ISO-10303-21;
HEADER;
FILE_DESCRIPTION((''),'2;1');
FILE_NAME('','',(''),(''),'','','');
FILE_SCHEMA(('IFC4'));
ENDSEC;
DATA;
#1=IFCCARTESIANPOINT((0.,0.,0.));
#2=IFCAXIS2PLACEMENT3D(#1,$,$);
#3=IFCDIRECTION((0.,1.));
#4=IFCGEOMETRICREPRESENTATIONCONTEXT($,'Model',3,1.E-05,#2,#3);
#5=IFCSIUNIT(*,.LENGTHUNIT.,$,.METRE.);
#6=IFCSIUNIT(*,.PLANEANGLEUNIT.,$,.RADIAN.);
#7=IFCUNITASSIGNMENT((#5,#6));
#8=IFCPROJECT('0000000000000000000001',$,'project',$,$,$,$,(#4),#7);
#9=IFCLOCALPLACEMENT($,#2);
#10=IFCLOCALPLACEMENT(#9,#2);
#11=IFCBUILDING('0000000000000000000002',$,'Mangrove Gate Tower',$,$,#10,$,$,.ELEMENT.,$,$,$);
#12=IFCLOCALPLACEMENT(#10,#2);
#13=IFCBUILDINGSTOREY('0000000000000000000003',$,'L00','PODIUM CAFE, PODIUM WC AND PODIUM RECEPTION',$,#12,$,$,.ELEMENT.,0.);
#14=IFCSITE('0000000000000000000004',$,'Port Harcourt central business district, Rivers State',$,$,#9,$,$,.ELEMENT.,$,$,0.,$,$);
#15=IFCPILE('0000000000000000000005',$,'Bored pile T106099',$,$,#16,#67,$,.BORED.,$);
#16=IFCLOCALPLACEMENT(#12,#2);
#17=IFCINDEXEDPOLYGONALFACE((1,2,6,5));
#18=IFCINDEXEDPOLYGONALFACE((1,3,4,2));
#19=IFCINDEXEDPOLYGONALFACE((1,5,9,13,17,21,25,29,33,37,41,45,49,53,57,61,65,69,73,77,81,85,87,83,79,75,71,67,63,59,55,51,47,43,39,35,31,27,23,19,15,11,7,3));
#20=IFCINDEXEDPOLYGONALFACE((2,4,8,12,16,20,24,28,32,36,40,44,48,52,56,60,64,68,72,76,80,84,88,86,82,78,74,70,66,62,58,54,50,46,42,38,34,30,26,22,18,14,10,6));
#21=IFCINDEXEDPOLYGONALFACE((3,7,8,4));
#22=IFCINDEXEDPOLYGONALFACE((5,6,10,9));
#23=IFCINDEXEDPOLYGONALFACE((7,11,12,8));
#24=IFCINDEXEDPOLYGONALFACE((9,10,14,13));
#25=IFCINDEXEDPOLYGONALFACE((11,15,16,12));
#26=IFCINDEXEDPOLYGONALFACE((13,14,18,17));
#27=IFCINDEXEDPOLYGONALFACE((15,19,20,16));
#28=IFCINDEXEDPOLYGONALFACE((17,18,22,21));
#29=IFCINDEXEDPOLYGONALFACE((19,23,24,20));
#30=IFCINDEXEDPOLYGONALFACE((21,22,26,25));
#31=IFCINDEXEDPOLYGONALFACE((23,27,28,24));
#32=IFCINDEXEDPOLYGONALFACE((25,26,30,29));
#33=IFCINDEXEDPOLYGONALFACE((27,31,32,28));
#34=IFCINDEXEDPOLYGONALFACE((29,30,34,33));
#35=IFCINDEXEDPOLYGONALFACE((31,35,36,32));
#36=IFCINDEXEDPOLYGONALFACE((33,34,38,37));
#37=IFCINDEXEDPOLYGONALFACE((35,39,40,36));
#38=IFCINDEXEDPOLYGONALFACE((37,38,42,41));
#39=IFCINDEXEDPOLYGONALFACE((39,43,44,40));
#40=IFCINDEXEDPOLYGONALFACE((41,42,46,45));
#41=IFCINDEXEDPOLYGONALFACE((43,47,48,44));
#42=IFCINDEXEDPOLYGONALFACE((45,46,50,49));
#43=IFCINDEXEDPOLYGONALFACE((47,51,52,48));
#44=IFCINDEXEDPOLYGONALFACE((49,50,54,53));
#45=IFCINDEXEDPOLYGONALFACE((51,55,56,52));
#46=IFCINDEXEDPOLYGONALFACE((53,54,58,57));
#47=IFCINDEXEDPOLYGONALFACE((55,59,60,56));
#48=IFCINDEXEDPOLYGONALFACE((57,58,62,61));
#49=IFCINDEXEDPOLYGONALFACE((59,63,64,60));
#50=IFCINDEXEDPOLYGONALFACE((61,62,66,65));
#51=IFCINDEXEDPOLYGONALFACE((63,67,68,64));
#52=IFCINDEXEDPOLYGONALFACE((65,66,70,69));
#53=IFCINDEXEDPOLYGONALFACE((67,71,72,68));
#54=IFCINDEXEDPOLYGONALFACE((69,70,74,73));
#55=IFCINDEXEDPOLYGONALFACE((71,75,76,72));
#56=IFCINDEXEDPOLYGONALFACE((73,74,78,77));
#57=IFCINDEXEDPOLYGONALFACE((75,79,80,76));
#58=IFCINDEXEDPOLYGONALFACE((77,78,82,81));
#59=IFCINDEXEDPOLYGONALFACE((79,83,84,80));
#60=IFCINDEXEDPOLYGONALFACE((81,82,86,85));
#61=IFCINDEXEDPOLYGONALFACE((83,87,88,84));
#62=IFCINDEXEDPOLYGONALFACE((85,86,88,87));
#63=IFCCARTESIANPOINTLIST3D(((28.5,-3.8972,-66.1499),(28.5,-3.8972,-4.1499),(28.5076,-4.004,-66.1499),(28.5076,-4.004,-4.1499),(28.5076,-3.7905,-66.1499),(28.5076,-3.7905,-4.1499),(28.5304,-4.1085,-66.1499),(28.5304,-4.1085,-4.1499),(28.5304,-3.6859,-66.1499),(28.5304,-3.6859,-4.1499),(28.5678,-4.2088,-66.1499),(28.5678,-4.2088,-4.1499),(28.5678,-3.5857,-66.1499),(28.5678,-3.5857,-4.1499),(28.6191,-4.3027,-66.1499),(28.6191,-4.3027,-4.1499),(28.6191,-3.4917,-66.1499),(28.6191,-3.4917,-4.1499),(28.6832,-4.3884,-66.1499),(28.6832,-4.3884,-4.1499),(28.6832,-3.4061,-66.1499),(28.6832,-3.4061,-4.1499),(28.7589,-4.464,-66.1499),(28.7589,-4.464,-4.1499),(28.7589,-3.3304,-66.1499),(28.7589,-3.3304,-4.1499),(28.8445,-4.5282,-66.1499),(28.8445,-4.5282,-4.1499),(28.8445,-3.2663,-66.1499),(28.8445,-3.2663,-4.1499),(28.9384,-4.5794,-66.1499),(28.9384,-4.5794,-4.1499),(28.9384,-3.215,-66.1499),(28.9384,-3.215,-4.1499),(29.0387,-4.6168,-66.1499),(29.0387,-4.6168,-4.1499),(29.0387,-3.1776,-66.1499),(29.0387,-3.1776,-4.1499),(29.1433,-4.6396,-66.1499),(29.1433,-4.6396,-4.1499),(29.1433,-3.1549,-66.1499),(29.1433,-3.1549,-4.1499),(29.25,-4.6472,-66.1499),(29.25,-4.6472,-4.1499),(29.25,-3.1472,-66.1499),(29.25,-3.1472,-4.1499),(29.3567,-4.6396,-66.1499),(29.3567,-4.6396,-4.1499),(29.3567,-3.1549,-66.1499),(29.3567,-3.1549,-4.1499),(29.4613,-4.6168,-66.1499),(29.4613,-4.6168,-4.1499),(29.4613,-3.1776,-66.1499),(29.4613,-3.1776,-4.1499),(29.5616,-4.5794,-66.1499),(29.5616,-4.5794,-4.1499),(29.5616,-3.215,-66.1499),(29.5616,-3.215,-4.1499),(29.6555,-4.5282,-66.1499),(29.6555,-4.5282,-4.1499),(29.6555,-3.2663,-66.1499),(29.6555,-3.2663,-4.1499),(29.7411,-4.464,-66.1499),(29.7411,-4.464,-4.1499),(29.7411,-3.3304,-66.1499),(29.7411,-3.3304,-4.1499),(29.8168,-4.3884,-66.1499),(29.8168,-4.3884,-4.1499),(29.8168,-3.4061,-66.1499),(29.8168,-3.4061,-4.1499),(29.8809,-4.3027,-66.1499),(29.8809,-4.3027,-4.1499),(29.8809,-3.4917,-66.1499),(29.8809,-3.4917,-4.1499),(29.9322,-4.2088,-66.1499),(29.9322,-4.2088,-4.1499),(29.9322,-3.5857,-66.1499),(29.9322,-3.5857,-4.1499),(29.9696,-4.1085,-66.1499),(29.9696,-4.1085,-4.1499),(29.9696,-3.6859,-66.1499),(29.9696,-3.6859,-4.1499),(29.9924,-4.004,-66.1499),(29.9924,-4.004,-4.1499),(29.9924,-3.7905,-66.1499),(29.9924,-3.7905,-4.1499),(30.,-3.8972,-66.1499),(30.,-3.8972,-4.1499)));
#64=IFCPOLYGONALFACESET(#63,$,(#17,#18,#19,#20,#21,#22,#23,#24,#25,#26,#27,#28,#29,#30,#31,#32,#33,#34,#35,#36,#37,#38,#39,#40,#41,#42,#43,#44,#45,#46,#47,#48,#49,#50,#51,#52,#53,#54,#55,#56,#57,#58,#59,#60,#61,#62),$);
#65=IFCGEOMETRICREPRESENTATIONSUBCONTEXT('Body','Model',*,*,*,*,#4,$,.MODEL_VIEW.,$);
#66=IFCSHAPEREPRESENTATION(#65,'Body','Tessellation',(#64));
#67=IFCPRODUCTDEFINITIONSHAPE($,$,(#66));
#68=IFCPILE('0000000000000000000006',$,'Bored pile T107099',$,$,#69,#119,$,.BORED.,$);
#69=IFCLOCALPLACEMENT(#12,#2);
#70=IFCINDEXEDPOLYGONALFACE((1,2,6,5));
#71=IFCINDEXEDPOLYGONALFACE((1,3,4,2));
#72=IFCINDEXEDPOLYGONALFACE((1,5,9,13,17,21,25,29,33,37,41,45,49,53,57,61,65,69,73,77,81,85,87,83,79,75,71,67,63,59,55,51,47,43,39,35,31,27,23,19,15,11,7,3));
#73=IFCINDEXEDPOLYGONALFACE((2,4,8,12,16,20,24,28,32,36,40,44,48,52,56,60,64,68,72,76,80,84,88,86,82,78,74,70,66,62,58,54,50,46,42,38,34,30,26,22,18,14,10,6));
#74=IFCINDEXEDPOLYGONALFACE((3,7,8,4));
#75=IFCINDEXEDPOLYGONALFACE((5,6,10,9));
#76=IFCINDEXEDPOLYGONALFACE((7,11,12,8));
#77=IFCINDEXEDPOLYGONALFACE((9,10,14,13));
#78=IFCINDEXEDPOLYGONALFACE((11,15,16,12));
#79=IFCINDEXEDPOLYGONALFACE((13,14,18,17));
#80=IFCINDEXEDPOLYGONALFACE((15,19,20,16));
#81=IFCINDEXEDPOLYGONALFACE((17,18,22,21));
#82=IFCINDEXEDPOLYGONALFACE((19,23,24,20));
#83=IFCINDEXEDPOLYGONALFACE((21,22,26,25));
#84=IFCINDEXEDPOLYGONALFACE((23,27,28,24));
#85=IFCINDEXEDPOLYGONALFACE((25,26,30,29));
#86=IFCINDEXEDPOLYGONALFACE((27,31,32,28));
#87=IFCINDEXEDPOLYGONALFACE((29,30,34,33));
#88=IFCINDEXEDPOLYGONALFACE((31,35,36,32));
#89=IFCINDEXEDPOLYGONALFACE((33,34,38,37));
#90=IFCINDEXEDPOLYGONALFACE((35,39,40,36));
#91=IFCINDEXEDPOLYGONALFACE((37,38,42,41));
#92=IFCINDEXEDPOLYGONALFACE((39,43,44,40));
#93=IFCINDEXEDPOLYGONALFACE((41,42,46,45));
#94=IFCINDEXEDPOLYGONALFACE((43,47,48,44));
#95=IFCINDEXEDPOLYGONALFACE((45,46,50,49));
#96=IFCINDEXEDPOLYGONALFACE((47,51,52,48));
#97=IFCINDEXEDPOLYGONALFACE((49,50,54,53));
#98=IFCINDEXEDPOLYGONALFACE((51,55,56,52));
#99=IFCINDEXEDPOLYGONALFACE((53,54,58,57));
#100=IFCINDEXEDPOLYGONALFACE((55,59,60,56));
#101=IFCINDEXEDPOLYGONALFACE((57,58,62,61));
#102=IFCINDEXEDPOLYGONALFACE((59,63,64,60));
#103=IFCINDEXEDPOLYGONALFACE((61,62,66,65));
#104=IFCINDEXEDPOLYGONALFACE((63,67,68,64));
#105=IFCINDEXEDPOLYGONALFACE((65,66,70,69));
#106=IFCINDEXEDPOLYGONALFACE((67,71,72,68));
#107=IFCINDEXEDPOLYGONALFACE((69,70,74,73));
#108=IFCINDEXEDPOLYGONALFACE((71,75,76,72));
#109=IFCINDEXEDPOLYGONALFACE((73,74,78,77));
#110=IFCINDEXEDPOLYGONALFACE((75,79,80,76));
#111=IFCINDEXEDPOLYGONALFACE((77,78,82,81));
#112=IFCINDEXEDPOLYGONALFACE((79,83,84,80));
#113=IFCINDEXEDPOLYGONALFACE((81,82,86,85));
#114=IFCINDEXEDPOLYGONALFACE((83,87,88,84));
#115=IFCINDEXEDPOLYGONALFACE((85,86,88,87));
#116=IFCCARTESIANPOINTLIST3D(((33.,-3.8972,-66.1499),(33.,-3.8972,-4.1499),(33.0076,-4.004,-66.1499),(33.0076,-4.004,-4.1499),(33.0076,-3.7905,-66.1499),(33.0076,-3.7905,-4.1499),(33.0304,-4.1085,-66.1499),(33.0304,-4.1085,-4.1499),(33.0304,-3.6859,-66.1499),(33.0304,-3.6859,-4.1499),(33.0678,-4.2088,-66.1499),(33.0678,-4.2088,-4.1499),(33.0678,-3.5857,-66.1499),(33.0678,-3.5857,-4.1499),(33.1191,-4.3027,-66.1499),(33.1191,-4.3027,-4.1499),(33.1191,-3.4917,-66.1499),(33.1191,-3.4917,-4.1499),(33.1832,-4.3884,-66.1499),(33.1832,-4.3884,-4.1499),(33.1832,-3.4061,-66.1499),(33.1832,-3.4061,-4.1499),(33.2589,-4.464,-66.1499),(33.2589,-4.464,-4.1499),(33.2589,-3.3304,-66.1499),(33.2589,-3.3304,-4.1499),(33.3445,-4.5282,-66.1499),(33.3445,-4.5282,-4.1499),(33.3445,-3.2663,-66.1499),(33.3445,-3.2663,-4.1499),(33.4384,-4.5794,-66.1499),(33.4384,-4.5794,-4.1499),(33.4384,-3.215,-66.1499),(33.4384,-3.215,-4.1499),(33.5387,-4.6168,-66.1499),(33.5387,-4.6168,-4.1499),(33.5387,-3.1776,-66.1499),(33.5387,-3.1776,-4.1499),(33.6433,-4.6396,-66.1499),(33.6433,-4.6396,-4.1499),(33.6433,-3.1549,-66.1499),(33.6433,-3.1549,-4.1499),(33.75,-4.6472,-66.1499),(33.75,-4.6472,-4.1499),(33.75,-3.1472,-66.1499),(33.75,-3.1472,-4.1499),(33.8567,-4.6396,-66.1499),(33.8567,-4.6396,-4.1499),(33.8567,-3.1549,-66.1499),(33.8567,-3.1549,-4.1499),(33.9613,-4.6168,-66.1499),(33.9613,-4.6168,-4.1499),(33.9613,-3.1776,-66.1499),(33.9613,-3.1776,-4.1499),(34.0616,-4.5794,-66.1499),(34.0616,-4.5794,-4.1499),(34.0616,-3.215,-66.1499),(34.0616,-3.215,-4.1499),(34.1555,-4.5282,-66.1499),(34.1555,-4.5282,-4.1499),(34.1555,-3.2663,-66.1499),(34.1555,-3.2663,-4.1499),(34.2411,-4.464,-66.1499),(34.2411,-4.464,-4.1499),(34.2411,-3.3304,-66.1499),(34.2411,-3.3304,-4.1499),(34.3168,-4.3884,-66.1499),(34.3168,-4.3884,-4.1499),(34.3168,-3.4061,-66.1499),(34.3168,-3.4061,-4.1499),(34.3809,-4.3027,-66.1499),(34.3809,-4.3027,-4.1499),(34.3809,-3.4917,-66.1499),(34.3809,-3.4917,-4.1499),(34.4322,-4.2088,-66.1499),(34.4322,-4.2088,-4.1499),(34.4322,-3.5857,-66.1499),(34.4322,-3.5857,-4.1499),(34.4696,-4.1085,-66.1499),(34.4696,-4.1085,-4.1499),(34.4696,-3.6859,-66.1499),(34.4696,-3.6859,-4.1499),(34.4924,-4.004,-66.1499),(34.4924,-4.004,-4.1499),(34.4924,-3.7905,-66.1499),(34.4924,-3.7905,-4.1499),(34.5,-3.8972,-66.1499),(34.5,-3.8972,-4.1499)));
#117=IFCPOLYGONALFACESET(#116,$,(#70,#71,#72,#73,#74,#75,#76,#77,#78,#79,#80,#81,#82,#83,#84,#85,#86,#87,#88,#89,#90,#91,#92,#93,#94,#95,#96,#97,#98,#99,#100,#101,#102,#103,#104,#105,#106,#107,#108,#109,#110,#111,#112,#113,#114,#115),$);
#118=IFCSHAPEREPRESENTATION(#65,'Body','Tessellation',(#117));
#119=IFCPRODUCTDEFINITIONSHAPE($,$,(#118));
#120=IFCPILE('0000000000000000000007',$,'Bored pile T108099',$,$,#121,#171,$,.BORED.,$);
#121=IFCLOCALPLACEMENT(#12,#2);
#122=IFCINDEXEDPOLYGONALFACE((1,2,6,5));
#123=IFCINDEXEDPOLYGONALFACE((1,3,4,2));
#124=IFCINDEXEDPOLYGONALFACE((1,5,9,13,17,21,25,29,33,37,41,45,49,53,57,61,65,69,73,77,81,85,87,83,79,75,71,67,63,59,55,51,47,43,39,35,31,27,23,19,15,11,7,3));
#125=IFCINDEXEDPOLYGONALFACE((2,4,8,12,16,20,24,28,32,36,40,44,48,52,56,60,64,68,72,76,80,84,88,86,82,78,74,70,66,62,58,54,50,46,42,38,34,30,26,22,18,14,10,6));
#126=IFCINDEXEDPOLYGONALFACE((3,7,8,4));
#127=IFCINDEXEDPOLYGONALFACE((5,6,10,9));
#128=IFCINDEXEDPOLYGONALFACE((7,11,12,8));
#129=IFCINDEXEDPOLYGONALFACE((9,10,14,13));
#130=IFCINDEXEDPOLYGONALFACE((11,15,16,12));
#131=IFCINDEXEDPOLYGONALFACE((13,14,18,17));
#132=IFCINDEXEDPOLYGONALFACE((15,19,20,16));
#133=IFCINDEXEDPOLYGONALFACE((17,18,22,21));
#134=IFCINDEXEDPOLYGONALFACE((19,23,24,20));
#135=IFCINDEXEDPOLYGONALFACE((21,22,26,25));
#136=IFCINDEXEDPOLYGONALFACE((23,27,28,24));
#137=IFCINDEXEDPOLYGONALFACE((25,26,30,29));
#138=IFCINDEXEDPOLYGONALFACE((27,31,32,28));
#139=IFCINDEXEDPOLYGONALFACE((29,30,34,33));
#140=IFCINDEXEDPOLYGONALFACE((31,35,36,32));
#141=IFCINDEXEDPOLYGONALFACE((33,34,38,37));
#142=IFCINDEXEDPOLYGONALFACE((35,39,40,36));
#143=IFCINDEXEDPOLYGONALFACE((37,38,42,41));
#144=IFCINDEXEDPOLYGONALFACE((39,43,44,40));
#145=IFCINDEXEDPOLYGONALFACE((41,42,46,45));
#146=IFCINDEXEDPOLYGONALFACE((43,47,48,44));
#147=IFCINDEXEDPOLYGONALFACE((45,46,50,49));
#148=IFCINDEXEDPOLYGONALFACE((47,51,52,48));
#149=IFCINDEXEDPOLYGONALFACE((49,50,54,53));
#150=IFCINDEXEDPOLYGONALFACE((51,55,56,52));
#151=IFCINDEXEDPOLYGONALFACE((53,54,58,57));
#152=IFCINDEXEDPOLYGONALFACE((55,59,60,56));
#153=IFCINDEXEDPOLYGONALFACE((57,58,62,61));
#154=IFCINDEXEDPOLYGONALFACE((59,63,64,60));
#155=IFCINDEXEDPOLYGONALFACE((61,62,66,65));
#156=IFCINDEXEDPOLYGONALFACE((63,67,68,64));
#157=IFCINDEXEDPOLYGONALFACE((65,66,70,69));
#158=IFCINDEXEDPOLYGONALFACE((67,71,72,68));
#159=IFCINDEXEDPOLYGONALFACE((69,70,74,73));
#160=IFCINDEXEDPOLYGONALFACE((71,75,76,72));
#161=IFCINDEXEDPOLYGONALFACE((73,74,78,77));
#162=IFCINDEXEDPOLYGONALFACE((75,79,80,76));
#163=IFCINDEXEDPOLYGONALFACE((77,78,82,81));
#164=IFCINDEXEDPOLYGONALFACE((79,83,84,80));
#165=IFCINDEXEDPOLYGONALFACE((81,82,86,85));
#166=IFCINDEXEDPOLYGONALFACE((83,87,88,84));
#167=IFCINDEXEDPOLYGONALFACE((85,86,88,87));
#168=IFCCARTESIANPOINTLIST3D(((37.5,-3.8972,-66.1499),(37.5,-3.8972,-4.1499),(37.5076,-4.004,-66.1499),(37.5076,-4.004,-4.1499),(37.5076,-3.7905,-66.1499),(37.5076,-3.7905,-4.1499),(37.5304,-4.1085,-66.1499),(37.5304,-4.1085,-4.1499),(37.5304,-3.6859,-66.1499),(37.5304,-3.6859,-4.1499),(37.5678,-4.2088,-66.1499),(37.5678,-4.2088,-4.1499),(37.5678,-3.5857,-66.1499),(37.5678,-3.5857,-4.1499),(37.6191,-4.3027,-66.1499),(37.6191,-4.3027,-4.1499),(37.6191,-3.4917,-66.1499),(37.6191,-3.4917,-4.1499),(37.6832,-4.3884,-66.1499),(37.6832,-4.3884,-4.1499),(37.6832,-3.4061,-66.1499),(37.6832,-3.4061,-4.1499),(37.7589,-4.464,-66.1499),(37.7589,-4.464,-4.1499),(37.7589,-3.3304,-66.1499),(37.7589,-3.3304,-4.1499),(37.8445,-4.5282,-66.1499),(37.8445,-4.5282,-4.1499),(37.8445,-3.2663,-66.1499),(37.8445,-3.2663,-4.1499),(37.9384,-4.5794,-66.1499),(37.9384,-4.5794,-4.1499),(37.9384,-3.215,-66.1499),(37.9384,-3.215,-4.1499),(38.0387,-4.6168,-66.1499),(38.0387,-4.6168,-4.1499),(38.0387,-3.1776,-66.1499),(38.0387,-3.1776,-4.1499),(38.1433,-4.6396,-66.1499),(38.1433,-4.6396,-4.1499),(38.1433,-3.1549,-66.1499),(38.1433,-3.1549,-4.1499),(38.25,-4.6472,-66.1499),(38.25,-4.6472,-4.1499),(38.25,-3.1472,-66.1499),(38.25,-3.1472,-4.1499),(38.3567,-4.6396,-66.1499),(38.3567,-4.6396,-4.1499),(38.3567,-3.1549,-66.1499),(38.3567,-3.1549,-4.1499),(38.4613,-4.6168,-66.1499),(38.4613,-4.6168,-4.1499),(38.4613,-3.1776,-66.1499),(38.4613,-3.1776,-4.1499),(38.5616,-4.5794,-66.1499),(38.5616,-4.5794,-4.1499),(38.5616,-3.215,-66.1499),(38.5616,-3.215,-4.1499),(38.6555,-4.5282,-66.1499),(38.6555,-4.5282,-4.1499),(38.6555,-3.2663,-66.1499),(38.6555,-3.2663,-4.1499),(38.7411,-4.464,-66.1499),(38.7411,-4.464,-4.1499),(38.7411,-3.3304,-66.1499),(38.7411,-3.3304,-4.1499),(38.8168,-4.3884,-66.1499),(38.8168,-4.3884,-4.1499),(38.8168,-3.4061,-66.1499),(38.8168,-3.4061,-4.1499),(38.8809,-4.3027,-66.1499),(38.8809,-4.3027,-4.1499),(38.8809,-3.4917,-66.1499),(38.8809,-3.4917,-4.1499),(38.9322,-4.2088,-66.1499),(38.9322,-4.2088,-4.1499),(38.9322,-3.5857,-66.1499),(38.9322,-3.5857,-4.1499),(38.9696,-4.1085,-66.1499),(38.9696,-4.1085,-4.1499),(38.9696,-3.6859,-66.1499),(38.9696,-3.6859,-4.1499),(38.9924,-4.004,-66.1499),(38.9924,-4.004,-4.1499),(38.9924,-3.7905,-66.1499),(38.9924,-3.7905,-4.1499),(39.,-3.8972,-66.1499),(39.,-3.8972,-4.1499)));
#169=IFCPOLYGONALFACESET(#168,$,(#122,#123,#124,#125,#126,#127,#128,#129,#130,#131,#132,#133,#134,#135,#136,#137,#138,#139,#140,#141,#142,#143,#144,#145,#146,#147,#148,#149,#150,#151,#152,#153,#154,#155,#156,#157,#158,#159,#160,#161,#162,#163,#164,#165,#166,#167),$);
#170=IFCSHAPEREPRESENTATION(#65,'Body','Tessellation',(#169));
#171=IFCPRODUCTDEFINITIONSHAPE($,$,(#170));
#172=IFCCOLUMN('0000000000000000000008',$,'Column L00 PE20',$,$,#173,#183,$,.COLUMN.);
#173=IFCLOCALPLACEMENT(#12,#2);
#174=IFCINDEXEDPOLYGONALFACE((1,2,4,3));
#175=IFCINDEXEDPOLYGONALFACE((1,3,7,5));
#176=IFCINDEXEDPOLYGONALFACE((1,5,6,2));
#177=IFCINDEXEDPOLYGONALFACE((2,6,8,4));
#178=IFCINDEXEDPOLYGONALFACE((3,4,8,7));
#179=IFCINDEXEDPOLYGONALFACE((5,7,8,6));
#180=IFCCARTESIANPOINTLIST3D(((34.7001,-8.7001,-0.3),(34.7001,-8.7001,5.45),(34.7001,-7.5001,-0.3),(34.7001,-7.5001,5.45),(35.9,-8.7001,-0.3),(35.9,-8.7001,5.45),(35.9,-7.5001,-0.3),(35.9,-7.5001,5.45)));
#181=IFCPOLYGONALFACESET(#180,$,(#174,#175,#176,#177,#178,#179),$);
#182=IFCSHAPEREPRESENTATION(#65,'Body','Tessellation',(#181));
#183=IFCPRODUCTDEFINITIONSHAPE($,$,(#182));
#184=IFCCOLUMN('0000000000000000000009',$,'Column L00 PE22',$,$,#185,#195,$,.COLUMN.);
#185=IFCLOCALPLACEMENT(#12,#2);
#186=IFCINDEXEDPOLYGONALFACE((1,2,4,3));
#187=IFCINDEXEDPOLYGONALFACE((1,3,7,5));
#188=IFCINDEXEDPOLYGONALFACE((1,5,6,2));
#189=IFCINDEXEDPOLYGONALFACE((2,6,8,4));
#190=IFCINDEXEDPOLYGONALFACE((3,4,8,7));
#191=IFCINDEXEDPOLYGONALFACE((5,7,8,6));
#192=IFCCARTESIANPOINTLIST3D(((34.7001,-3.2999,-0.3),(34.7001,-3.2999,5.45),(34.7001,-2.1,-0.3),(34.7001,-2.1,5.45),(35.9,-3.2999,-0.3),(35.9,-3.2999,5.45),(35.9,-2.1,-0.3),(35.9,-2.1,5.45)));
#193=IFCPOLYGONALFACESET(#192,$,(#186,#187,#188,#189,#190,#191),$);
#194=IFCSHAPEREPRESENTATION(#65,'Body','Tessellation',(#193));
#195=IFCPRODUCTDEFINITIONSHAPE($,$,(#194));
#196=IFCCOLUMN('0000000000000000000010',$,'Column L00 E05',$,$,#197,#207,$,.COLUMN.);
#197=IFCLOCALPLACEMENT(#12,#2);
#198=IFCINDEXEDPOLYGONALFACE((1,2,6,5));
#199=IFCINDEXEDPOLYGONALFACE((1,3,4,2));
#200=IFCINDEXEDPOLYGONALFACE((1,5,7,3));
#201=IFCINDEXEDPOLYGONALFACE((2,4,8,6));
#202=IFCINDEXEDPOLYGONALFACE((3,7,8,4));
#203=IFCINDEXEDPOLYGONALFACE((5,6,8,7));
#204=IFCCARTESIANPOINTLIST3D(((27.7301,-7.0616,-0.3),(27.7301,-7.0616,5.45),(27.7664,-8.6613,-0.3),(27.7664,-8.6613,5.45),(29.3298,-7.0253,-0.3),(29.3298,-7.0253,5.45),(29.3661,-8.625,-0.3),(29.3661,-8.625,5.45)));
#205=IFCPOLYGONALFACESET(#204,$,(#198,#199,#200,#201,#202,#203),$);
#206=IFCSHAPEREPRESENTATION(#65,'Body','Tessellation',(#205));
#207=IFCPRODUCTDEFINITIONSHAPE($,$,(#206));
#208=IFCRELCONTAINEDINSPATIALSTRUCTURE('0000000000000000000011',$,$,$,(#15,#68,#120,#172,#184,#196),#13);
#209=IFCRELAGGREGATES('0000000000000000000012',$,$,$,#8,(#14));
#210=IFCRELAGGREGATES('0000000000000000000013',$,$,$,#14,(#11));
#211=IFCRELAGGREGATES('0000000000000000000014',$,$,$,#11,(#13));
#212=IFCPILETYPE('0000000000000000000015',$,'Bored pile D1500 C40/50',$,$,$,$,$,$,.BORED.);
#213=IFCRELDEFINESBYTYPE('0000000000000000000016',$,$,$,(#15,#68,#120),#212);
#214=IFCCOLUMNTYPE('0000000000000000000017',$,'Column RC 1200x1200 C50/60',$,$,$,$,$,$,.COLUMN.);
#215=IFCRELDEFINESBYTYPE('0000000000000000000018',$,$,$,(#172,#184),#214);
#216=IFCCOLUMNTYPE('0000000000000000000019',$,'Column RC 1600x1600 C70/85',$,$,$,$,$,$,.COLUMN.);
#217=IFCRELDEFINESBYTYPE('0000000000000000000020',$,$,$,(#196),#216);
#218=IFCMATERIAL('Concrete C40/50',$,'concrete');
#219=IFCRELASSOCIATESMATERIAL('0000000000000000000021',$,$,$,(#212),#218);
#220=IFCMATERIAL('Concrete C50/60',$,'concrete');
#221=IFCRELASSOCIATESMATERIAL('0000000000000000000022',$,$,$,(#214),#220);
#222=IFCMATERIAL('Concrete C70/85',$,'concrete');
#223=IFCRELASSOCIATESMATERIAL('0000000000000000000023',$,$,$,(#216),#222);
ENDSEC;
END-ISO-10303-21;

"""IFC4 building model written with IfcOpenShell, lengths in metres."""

from ifc_helpers import new_model, si_unit, direction, frame, origin, origin_2d, place, context, subcontext, project, spatial, rectangle, circle, extrude, material, material_profile, profile_set, type_object, element, save


model = new_model("IFC4")

# Units and contexts
model_context = context("Model", 3, precision=1e-05, world=origin(), true_north=direction((0.0, 1.0)))
body_context = subcontext(model_context, "Body", "Model", "MODEL_VIEW")
ifc_project = project(units=[si_unit("LENGTHUNIT", "METRE"), si_unit("PLANEANGLEUNIT", "RADIAN")], contexts=[model_context])

# Site, building, storey
site_placement = place(None, origin())
site = spatial("IfcSite", under=ifc_project, at=site_placement, Name="Port Harcourt central business district, Rivers State", CompositionType="ELEMENT", RefElevation=0.0)
building_placement = place(site_placement, origin())
building = spatial("IfcBuilding", under=site, at=building_placement, Name="Mangrove Gate Tower", CompositionType="ELEMENT")
storey_placement = place(building_placement, origin())
storey = spatial("IfcBuildingStorey", under=building, at=storey_placement, Name="L00", Description="PODIUM CAFE, PODIUM WC AND PODIUM RECEPTION", CompositionType="ELEMENT", Elevation=0.0)

# Piles
ifc_material_1 = material(Name="Concrete C40/50", Category="concrete")
ifc_material_profile_1 = material_profile(ifc_material_1, circle(Radius=0.75, at=origin_2d()))
ifc_profile_set_1 = profile_set([ifc_material_profile_1], Name="Concrete C40/50")
pile_type = type_object("IfcPileType", Name="Bored pile D1500 C40/50", PredefinedType="BORED", material=ifc_profile_set_1)
for number, where, z_axis, x_axis, name in (
    (1, (29.25, -3.8972, -4.1499), (0.0, 0.0, -1.0), (1.0, 0.0, 0.0), "Bored pile T106099"),
    (2, (33.75, -3.8972, -4.1499), (0.0, 0.0, -1.0), (1.0, 0.0, 0.0), "Bored pile T107099"),
    (3, (38.25, -3.8972, -4.1499), (0.0, 0.0, -1.0), (1.0, 0.0, 0.0), "Bored pile T108099"),
):
    element("IfcPile", number, at=place(storey_placement, frame(where, z_axis=z_axis, x_axis=x_axis)), inside=storey, type_object=pile_type, Name=name, PredefinedType="BORED", context=body_context, shape_type="SweptSolid", body=[
        extrude(circle(Radius=0.75, at=origin_2d()), origin(), (0.0, 0.0, 1.0), 62.0),
    ])

# Columns
ifc_material_2 = material(Name="Concrete C50/60", Category="concrete")
ifc_material_profile_2 = material_profile(ifc_material_2, rectangle(XDim=1.2, YDim=1.2, at=origin_2d()))
ifc_profile_set_2 = profile_set([ifc_material_profile_2], Name="Concrete C50/60")
column_type_1 = type_object("IfcColumnType", Name="Column RC 1200x1200 C50/60", PredefinedType="COLUMN", material=ifc_profile_set_2)
for number, where, z_axis, x_axis, name in (
    (4, (35.3, -8.1001, -0.3), (0.0, 0.0, 1.0), (1.0, 0.0, 0.0), "Column L00 PE20"),
    (5, (35.3, -2.7, -0.3), (0.0, 0.0, 1.0), (1.0, 0.0, 0.0), "Column L00 PE22"),
):
    element("IfcColumn", number, at=place(storey_placement, frame(where, z_axis=z_axis, x_axis=x_axis)), inside=storey, type_object=column_type_1, Name=name, PredefinedType="COLUMN", context=body_context, shape_type="SweptSolid", body=[
        extrude(rectangle(XDim=1.2, YDim=1.2, at=origin_2d()), origin(), (0.0, 0.0, 1.0), 5.75),
    ])
ifc_material_3 = material(Name="Concrete C70/85", Category="concrete")
ifc_material_profile_3 = material_profile(ifc_material_3, rectangle(XDim=1.6001, YDim=1.6001, at=origin_2d()))
ifc_profile_set_3 = profile_set([ifc_material_profile_3], Name="Concrete C70/85")
column_type_2 = type_object("IfcColumnType", Name="Column RC 1600x1600 C70/85", PredefinedType="COLUMN", material=ifc_profile_set_3)
column_1_placement = place(storey_placement, frame((28.5481, -7.8433, -0.3), z_axis=(0.0, 0.0, 1.0), x_axis=(-0.022681, 0.999743, 0.0)))
element("IfcColumn", 6, at=column_1_placement, inside=storey, type_object=column_type_2, Name="Column L00 E05", PredefinedType="COLUMN", context=body_context, shape_type="SweptSolid", body=[
    extrude(rectangle(XDim=1.6001, YDim=1.6001, at=origin_2d()), origin(), (0.0, 0.0, 1.0), 5.75),
])

save(model, "model.ifc")
